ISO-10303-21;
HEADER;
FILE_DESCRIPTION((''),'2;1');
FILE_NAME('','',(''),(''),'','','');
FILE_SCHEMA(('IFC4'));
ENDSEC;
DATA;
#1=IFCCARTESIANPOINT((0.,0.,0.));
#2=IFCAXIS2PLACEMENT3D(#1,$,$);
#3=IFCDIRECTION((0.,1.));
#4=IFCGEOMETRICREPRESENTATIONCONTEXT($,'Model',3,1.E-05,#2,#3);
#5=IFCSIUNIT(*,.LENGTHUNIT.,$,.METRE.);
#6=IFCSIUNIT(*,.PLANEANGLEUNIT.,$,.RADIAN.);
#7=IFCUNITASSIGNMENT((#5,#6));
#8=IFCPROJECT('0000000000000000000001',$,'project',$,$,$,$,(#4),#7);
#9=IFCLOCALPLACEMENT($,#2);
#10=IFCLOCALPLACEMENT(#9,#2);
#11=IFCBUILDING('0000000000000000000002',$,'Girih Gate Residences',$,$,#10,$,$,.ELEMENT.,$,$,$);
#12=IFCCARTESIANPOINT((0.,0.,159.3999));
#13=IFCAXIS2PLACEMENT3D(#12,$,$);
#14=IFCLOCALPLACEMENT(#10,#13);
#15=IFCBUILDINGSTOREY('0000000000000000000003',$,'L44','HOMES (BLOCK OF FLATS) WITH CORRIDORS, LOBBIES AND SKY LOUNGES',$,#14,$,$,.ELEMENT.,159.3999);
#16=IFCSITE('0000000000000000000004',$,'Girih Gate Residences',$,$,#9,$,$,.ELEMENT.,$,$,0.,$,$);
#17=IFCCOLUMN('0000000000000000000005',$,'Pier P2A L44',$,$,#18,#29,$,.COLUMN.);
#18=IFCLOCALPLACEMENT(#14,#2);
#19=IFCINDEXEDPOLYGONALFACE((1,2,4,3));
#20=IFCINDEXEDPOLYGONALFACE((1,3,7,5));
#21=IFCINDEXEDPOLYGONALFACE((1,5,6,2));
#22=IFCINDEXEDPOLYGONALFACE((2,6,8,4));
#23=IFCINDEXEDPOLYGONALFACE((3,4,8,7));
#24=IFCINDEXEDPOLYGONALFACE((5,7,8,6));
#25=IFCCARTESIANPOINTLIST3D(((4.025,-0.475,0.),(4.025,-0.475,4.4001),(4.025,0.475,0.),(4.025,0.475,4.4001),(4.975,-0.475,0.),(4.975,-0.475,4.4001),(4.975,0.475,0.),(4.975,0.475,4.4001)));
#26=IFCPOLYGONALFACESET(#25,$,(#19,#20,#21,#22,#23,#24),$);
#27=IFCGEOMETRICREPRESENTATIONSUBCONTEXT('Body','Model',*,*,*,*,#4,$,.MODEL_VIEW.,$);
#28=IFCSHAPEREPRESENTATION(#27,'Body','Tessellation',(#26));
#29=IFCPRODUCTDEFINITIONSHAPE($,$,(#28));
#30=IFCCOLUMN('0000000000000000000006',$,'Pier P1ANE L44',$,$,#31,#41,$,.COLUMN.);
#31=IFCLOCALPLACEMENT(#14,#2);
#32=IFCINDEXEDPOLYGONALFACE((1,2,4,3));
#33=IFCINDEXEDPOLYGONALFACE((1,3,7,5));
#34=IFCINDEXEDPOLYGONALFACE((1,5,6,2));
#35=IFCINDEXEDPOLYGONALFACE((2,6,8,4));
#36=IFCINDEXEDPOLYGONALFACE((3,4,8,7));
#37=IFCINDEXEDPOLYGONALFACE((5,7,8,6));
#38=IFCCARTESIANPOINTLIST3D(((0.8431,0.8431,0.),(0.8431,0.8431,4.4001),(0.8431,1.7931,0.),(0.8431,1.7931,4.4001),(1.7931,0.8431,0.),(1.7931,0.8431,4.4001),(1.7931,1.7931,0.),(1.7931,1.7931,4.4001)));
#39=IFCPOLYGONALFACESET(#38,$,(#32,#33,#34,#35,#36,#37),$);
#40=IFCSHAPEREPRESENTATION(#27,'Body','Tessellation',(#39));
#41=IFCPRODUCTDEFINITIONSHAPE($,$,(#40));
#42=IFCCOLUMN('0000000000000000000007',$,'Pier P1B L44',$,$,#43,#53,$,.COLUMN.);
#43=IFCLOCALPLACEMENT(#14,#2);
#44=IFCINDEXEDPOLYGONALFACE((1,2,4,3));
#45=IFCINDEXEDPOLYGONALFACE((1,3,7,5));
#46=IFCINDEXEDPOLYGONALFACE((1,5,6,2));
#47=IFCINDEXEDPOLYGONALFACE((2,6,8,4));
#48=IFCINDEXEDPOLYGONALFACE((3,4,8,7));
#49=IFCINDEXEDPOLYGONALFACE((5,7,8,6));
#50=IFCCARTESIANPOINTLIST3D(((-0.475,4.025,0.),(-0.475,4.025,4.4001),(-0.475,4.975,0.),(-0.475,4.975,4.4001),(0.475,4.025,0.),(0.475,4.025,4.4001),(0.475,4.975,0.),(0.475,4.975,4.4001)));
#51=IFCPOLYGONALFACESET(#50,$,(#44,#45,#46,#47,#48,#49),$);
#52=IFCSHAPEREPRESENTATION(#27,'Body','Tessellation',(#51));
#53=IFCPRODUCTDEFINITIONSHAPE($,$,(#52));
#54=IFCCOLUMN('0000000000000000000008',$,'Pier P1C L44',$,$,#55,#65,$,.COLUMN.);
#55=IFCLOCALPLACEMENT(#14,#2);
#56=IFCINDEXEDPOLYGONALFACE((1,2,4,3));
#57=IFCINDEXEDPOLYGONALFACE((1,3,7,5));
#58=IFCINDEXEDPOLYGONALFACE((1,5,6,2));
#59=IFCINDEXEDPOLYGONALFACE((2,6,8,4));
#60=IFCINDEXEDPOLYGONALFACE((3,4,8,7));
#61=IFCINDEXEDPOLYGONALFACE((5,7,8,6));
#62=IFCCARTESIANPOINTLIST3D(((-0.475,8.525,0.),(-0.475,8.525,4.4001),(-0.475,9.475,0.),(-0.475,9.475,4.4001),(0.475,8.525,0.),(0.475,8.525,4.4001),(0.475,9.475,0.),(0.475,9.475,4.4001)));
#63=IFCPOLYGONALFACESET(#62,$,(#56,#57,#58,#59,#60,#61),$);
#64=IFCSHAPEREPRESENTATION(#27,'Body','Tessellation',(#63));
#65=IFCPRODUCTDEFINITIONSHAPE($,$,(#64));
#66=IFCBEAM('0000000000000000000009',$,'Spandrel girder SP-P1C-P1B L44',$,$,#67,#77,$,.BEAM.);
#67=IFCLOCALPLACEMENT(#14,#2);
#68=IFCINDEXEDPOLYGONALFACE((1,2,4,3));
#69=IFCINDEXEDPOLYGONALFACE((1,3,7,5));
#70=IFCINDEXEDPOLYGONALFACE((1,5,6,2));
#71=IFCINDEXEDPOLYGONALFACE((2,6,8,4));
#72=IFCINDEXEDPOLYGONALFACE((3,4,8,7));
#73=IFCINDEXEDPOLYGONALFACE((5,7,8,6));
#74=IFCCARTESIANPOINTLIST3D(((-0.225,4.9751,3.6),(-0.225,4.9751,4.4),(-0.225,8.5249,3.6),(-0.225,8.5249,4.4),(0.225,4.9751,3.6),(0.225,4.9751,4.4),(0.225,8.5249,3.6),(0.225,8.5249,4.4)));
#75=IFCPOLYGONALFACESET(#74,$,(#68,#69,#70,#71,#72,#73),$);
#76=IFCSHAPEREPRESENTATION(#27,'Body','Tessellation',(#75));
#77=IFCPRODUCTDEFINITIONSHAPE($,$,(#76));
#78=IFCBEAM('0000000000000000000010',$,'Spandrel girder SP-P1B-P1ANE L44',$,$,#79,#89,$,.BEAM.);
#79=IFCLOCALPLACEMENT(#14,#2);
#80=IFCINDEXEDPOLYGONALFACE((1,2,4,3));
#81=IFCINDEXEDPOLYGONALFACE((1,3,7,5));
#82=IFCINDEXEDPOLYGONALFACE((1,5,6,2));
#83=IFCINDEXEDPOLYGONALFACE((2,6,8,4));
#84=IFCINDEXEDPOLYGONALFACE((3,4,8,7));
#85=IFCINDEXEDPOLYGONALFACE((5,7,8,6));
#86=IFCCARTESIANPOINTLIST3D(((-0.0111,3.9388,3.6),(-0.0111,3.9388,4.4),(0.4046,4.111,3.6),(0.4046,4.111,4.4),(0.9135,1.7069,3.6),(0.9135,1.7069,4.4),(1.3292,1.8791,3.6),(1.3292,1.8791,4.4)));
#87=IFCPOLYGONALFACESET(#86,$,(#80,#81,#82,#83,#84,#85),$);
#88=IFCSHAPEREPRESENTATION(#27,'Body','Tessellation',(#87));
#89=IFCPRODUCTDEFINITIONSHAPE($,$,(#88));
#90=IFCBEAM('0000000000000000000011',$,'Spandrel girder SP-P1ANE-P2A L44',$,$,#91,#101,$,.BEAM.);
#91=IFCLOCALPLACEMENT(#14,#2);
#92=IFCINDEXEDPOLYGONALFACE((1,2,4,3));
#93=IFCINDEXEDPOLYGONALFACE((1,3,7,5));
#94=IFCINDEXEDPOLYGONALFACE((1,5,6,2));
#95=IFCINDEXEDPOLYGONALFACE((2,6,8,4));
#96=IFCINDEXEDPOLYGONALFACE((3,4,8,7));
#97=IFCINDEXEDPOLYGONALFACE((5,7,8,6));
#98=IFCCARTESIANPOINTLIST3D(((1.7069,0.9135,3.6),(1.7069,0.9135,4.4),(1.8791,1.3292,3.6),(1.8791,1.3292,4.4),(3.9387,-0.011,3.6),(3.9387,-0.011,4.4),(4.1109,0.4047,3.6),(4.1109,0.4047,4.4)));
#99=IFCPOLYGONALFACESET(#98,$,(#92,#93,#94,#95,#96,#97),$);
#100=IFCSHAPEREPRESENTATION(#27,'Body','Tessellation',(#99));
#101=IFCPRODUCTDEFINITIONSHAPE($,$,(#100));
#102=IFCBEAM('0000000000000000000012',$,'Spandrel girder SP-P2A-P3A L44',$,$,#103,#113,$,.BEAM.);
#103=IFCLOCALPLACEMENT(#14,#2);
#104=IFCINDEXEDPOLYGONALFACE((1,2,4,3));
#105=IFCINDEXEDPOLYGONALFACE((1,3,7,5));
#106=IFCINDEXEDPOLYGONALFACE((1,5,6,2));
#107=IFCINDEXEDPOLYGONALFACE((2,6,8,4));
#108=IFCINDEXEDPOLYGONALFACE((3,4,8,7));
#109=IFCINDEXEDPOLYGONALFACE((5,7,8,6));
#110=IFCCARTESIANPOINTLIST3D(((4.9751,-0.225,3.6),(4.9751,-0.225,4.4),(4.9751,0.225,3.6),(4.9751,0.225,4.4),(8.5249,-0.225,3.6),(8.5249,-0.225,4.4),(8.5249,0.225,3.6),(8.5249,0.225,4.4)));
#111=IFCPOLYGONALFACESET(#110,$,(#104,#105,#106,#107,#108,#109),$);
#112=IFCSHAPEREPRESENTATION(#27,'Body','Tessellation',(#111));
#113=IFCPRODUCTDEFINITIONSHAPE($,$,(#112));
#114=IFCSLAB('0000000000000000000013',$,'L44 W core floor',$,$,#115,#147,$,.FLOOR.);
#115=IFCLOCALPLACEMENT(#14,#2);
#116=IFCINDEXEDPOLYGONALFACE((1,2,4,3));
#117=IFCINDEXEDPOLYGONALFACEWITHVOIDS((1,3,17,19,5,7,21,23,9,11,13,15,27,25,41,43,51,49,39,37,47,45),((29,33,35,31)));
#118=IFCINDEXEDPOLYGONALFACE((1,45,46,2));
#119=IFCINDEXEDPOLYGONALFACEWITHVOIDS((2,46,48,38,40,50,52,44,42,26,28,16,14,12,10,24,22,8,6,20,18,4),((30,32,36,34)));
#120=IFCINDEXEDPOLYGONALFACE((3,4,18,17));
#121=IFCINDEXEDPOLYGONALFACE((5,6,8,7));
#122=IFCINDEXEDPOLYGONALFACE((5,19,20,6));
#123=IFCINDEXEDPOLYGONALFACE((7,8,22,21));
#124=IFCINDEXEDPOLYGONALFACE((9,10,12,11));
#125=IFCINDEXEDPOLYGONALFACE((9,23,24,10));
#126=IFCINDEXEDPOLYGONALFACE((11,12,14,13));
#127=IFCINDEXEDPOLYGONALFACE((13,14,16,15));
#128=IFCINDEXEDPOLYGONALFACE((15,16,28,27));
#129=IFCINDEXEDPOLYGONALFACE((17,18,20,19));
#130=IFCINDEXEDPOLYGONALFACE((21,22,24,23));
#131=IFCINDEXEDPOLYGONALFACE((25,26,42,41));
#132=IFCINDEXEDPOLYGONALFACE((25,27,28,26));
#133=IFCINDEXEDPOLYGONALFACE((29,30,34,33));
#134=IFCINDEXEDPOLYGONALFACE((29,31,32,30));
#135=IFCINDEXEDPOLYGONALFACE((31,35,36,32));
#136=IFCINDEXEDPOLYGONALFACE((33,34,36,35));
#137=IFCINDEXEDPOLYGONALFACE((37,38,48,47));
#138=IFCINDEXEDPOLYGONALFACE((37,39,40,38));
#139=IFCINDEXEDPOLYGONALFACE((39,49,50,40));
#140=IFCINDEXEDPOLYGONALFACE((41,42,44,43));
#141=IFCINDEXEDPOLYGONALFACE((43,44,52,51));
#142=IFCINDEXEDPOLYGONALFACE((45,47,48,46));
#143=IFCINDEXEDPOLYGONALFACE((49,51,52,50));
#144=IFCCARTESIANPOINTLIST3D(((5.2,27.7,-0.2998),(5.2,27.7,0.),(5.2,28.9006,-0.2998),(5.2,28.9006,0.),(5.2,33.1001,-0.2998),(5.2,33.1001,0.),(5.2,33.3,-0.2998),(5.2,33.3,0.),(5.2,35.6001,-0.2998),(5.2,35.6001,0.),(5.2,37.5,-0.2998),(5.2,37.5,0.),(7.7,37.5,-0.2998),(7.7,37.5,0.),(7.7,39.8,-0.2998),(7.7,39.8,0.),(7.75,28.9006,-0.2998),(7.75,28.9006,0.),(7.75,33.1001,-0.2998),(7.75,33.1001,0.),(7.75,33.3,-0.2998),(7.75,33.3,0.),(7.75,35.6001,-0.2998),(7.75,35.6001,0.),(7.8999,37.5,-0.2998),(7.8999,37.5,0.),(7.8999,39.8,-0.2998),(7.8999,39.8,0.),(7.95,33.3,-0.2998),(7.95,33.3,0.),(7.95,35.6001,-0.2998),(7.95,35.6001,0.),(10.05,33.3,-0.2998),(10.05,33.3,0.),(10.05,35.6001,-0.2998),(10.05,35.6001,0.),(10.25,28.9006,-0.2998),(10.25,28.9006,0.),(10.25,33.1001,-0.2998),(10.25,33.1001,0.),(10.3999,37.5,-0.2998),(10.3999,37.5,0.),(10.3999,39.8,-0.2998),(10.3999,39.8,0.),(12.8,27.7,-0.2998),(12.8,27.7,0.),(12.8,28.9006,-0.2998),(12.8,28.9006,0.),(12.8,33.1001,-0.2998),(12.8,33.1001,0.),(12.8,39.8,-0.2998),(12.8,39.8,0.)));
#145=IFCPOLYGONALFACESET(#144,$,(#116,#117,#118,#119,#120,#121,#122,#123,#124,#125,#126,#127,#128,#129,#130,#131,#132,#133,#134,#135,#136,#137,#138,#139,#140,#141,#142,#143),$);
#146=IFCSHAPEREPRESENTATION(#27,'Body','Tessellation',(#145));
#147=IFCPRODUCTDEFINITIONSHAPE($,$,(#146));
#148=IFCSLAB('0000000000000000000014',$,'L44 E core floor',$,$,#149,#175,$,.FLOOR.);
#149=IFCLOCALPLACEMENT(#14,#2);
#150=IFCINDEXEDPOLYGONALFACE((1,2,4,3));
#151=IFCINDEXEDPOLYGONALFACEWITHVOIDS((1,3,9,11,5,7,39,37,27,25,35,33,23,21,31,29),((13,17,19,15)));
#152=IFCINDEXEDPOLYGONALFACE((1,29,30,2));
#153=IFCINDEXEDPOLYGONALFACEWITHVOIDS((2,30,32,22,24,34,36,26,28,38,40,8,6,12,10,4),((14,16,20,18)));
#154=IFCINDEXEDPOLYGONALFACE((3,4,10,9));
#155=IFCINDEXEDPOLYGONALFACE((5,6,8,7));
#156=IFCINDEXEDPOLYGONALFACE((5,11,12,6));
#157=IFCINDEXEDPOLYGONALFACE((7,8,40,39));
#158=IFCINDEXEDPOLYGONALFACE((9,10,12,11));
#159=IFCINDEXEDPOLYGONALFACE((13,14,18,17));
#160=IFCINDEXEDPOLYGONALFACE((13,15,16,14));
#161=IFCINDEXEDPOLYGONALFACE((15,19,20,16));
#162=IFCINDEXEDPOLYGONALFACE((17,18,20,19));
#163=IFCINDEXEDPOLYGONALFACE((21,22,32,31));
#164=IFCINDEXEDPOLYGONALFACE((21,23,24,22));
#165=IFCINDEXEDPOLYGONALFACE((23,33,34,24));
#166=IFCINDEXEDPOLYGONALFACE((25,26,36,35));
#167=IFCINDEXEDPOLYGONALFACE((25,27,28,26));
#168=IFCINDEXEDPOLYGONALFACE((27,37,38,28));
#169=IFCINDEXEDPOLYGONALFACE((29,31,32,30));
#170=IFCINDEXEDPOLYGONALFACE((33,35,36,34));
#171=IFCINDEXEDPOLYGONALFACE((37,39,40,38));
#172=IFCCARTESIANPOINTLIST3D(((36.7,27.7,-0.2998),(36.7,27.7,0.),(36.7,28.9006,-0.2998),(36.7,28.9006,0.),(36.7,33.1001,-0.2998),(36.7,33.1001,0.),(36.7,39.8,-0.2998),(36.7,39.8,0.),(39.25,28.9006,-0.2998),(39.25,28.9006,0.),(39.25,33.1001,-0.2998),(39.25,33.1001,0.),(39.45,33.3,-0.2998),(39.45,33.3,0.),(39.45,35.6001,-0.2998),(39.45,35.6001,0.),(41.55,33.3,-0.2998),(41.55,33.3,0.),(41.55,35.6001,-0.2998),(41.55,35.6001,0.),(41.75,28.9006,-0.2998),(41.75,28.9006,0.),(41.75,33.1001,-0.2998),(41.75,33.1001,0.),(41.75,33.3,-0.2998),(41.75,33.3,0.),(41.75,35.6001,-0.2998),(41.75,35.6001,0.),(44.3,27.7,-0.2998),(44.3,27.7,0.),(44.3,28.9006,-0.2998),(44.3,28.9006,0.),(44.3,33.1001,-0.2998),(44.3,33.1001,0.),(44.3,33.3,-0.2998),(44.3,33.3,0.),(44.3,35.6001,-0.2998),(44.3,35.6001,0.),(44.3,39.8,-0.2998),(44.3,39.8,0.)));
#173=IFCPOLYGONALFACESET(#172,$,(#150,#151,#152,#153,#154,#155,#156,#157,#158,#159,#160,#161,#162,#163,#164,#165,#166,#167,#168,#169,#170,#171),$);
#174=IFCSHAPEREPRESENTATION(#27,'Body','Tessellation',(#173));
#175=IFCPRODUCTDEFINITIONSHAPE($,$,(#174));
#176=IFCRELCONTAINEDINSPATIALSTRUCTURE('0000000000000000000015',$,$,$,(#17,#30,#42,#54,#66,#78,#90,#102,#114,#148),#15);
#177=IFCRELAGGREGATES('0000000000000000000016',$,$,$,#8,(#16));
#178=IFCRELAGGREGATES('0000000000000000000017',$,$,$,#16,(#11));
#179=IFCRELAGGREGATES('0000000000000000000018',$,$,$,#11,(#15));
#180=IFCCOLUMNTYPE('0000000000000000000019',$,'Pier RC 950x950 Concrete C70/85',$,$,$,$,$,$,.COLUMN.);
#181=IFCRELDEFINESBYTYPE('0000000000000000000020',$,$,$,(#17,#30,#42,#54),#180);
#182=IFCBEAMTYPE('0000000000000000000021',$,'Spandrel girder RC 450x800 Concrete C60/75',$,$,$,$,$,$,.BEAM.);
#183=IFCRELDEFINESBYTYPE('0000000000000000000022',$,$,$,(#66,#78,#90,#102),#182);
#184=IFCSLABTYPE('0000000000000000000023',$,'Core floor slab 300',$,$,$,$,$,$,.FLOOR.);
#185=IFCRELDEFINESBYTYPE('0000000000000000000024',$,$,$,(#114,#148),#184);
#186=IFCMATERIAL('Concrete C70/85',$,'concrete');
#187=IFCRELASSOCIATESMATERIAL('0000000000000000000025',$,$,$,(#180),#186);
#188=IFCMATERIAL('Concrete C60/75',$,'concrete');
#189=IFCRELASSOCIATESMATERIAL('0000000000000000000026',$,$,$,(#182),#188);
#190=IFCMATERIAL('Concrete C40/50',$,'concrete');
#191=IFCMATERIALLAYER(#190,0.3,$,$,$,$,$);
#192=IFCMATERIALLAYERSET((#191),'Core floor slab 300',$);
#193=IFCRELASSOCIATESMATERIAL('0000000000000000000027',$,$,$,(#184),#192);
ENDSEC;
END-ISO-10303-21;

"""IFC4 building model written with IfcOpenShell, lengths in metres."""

from ifc_helpers import new_model, si_unit, direction, frame, origin, origin_2d, place, context, subcontext, project, spatial, polyline, rectangle, outline, extrude, material, layer, layer_set, material_profile, profile_set, type_object, element, save


model = new_model("IFC4")

# Units and contexts
model_context = context("Model", 3, precision=1e-05, world=origin(), true_north=direction((0.0, 1.0)))
body_context = subcontext(model_context, "Body", "Model", "MODEL_VIEW")
ifc_project = project(units=[si_unit("LENGTHUNIT", "METRE"), si_unit("PLANEANGLEUNIT", "RADIAN")], contexts=[model_context])

# Site, building, storey
site_placement = place(None, origin())
site = spatial("IfcSite", under=ifc_project, at=site_placement, Name="Girih Gate Residences", CompositionType="ELEMENT", RefElevation=0.0)
building_placement = place(site_placement, origin())
building = spatial("IfcBuilding", under=site, at=building_placement, Name="Girih Gate Residences", CompositionType="ELEMENT")
storey_placement = place(building_placement, frame((0.0, 0.0, 159.3999)))
storey = spatial("IfcBuildingStorey", under=building, at=storey_placement, Name="L44", Description="HOMES (BLOCK OF FLATS) WITH CORRIDORS, LOBBIES AND SKY LOUNGES", CompositionType="ELEMENT", Elevation=159.3999)

# Columns
ifc_material_1 = material(Name="Concrete C70/85", Category="concrete")
ifc_material_profile_1 = material_profile(ifc_material_1, rectangle(XDim=0.95, YDim=0.95, at=origin_2d()))
ifc_profile_set_1 = profile_set([ifc_material_profile_1], Name="Concrete C70/85")
column_type = type_object("IfcColumnType", Name="Pier RC 950x950 Concrete C70/85", PredefinedType="COLUMN", material=ifc_profile_set_1)
for number, where, z_axis, x_axis, name in (
    (1, (4.5, 0.0, 0.0), (0.0, 0.0, 1.0), (1.0, 0.0, 0.0), "Pier P2A L44"),
    (2, (1.3181, 1.3181, 0.0), (0.0, 0.0, 1.0), (1.0, 0.0, 0.0), "Pier P1ANE L44"),
    (3, (0.0, 4.5, 0.0), (0.0, 0.0, 1.0), (1.0, 0.0, 0.0), "Pier P1B L44"),
    (4, (0.0, 9.0, 0.0), (0.0, 0.0, 1.0), (1.0, 0.0, 0.0), "Pier P1C L44"),
):
    element("IfcColumn", number, at=place(storey_placement, frame(where, z_axis=z_axis, x_axis=x_axis)), inside=storey, type_object=column_type, Name=name, PredefinedType="COLUMN", context=body_context, shape_type="SweptSolid", body=[
        extrude(rectangle(XDim=0.95, YDim=0.95, at=origin_2d()), origin(), (0.0, 0.0, 1.0), 4.4001),
    ])

# Beams
ifc_material_2 = material(Name="Concrete C60/75", Category="concrete")
ifc_material_profile_2 = material_profile(ifc_material_2, rectangle(XDim=0.45, YDim=0.8, at=origin_2d()))
ifc_profile_set_2 = profile_set([ifc_material_profile_2], Name="Concrete C60/75")
beam_type = type_object("IfcBeamType", Name="Spandrel girder RC 450x800 Concrete C60/75", PredefinedType="BEAM", material=ifc_profile_set_2)
beam_1_placement = place(storey_placement, frame((0.0, 8.5249, 4.0), z_axis=(0.0, -1.0, 0.0), x_axis=(1.0, 0.0, 0.0)))
element("IfcBeam", 5, at=beam_1_placement, inside=storey, type_object=beam_type, Name="Spandrel girder SP-P1C-P1B L44", PredefinedType="BEAM", context=body_context, shape_type="SweptSolid", body=[
    extrude(rectangle(XDim=0.45, YDim=0.8, at=origin_2d()), origin(), (0.0, 0.0, 1.0), 3.5498),
])
for number, where, z_axis, x_axis, name in (
    (6, (0.1968, 4.0249, 4.0), (0.382706, -0.92387, 0.0), (0.92387, 0.382706, 0.0), "Spandrel girder SP-P1B-P1ANE L44"),
    (7, (1.793, 1.1213, 4.0), (0.92387, -0.382706, 0.0), (0.382706, 0.92387, 0.0), "Spandrel girder SP-P1ANE-P2A L44"),
):
    element("IfcBeam", number, at=place(storey_placement, frame(where, z_axis=z_axis, x_axis=x_axis)), inside=storey, type_object=beam_type, Name=name, PredefinedType="BEAM", context=body_context, shape_type="SweptSolid", body=[
        extrude(rectangle(XDim=0.45, YDim=0.8, at=origin_2d()), origin(), (0.0, 0.0, 1.0), 2.4158),
    ])
beam_2_placement = place(storey_placement, frame((4.9751, 0.0, 4.0), z_axis=(1.0, 0.0, 0.0), x_axis=(0.0, 1.0, 0.0)))
element("IfcBeam", 8, at=beam_2_placement, inside=storey, type_object=beam_type, Name="Spandrel girder SP-P2A-P3A L44", PredefinedType="BEAM", context=body_context, shape_type="SweptSolid", body=[
    extrude(rectangle(XDim=0.45, YDim=0.8, at=origin_2d()), origin(), (0.0, 0.0, 1.0), 3.5498),
])

# Slabs
ifc_material_3 = material(Name="Concrete C40/50", Category="concrete")
ifc_layer_1 = layer(ifc_material_3, 0.3)
ifc_layer_set_1 = layer_set([ifc_layer_1], Name="Core floor slab 300")
slab_type_1 = type_object("IfcSlabType", Name="Core floor slab 300", PredefinedType="FLOOR", material=ifc_layer_set_1)
slab_1_placement = place(storey_placement, frame((0.0, 0.0, -0.2998)))
element("IfcSlab", 9, at=slab_1_placement, inside=storey, type_object=slab_type_1, Name="L44 W core floor", PredefinedType="FLOOR", context=body_context, shape_type="SweptSolid", body=[
    extrude(outline(polyline([(12.8, 27.7), (5.2, 27.7), (5.2, 28.9006), (7.75, 28.9006), (7.75, 33.1001), (5.2, 33.1001), (5.2, 33.3), (7.75, 33.3), (7.75, 35.6001), (5.2, 35.6001), (5.2, 37.5), (7.7, 37.5), (7.7, 39.8), (7.8999, 39.8), (7.8999, 37.5), (10.3999, 37.5), (10.3999, 39.8), (12.8, 39.8), (12.8, 33.1001), (10.25, 33.1001), (10.25, 28.9006), (12.8, 28.9006), (12.8, 27.7)]), holes=[polyline([(7.95, 33.3), (10.05, 33.3), (10.05, 35.6001), (7.95, 35.6001), (7.95, 33.3)])]), origin(), (0.0, 0.0, 1.0), 0.2998),
])
slab_2_placement = place(storey_placement, frame((0.0, 0.0, -0.2998)))
element("IfcSlab", 10, at=slab_2_placement, inside=storey, type_object=slab_type_1, Name="L44 E core floor", PredefinedType="FLOOR", context=body_context, shape_type="SweptSolid", body=[
    extrude(outline(polyline([(44.3, 27.7), (36.7, 27.7), (36.7, 28.9006), (39.25, 28.9006), (39.25, 33.1001), (36.7, 33.1001), (36.7, 39.8), (44.3, 39.8), (44.3, 35.6001), (41.75, 35.6001), (41.75, 33.3), (44.3, 33.3), (44.3, 33.1001), (41.75, 33.1001), (41.75, 28.9006), (44.3, 28.9006), (44.3, 27.7)]), holes=[polyline([(39.45, 33.3), (41.55, 33.3), (41.55, 35.6001), (39.45, 35.6001), (39.45, 33.3)])]), origin(), (0.0, 0.0, 1.0), 0.2998),
])

save(model, "model.ifc")
